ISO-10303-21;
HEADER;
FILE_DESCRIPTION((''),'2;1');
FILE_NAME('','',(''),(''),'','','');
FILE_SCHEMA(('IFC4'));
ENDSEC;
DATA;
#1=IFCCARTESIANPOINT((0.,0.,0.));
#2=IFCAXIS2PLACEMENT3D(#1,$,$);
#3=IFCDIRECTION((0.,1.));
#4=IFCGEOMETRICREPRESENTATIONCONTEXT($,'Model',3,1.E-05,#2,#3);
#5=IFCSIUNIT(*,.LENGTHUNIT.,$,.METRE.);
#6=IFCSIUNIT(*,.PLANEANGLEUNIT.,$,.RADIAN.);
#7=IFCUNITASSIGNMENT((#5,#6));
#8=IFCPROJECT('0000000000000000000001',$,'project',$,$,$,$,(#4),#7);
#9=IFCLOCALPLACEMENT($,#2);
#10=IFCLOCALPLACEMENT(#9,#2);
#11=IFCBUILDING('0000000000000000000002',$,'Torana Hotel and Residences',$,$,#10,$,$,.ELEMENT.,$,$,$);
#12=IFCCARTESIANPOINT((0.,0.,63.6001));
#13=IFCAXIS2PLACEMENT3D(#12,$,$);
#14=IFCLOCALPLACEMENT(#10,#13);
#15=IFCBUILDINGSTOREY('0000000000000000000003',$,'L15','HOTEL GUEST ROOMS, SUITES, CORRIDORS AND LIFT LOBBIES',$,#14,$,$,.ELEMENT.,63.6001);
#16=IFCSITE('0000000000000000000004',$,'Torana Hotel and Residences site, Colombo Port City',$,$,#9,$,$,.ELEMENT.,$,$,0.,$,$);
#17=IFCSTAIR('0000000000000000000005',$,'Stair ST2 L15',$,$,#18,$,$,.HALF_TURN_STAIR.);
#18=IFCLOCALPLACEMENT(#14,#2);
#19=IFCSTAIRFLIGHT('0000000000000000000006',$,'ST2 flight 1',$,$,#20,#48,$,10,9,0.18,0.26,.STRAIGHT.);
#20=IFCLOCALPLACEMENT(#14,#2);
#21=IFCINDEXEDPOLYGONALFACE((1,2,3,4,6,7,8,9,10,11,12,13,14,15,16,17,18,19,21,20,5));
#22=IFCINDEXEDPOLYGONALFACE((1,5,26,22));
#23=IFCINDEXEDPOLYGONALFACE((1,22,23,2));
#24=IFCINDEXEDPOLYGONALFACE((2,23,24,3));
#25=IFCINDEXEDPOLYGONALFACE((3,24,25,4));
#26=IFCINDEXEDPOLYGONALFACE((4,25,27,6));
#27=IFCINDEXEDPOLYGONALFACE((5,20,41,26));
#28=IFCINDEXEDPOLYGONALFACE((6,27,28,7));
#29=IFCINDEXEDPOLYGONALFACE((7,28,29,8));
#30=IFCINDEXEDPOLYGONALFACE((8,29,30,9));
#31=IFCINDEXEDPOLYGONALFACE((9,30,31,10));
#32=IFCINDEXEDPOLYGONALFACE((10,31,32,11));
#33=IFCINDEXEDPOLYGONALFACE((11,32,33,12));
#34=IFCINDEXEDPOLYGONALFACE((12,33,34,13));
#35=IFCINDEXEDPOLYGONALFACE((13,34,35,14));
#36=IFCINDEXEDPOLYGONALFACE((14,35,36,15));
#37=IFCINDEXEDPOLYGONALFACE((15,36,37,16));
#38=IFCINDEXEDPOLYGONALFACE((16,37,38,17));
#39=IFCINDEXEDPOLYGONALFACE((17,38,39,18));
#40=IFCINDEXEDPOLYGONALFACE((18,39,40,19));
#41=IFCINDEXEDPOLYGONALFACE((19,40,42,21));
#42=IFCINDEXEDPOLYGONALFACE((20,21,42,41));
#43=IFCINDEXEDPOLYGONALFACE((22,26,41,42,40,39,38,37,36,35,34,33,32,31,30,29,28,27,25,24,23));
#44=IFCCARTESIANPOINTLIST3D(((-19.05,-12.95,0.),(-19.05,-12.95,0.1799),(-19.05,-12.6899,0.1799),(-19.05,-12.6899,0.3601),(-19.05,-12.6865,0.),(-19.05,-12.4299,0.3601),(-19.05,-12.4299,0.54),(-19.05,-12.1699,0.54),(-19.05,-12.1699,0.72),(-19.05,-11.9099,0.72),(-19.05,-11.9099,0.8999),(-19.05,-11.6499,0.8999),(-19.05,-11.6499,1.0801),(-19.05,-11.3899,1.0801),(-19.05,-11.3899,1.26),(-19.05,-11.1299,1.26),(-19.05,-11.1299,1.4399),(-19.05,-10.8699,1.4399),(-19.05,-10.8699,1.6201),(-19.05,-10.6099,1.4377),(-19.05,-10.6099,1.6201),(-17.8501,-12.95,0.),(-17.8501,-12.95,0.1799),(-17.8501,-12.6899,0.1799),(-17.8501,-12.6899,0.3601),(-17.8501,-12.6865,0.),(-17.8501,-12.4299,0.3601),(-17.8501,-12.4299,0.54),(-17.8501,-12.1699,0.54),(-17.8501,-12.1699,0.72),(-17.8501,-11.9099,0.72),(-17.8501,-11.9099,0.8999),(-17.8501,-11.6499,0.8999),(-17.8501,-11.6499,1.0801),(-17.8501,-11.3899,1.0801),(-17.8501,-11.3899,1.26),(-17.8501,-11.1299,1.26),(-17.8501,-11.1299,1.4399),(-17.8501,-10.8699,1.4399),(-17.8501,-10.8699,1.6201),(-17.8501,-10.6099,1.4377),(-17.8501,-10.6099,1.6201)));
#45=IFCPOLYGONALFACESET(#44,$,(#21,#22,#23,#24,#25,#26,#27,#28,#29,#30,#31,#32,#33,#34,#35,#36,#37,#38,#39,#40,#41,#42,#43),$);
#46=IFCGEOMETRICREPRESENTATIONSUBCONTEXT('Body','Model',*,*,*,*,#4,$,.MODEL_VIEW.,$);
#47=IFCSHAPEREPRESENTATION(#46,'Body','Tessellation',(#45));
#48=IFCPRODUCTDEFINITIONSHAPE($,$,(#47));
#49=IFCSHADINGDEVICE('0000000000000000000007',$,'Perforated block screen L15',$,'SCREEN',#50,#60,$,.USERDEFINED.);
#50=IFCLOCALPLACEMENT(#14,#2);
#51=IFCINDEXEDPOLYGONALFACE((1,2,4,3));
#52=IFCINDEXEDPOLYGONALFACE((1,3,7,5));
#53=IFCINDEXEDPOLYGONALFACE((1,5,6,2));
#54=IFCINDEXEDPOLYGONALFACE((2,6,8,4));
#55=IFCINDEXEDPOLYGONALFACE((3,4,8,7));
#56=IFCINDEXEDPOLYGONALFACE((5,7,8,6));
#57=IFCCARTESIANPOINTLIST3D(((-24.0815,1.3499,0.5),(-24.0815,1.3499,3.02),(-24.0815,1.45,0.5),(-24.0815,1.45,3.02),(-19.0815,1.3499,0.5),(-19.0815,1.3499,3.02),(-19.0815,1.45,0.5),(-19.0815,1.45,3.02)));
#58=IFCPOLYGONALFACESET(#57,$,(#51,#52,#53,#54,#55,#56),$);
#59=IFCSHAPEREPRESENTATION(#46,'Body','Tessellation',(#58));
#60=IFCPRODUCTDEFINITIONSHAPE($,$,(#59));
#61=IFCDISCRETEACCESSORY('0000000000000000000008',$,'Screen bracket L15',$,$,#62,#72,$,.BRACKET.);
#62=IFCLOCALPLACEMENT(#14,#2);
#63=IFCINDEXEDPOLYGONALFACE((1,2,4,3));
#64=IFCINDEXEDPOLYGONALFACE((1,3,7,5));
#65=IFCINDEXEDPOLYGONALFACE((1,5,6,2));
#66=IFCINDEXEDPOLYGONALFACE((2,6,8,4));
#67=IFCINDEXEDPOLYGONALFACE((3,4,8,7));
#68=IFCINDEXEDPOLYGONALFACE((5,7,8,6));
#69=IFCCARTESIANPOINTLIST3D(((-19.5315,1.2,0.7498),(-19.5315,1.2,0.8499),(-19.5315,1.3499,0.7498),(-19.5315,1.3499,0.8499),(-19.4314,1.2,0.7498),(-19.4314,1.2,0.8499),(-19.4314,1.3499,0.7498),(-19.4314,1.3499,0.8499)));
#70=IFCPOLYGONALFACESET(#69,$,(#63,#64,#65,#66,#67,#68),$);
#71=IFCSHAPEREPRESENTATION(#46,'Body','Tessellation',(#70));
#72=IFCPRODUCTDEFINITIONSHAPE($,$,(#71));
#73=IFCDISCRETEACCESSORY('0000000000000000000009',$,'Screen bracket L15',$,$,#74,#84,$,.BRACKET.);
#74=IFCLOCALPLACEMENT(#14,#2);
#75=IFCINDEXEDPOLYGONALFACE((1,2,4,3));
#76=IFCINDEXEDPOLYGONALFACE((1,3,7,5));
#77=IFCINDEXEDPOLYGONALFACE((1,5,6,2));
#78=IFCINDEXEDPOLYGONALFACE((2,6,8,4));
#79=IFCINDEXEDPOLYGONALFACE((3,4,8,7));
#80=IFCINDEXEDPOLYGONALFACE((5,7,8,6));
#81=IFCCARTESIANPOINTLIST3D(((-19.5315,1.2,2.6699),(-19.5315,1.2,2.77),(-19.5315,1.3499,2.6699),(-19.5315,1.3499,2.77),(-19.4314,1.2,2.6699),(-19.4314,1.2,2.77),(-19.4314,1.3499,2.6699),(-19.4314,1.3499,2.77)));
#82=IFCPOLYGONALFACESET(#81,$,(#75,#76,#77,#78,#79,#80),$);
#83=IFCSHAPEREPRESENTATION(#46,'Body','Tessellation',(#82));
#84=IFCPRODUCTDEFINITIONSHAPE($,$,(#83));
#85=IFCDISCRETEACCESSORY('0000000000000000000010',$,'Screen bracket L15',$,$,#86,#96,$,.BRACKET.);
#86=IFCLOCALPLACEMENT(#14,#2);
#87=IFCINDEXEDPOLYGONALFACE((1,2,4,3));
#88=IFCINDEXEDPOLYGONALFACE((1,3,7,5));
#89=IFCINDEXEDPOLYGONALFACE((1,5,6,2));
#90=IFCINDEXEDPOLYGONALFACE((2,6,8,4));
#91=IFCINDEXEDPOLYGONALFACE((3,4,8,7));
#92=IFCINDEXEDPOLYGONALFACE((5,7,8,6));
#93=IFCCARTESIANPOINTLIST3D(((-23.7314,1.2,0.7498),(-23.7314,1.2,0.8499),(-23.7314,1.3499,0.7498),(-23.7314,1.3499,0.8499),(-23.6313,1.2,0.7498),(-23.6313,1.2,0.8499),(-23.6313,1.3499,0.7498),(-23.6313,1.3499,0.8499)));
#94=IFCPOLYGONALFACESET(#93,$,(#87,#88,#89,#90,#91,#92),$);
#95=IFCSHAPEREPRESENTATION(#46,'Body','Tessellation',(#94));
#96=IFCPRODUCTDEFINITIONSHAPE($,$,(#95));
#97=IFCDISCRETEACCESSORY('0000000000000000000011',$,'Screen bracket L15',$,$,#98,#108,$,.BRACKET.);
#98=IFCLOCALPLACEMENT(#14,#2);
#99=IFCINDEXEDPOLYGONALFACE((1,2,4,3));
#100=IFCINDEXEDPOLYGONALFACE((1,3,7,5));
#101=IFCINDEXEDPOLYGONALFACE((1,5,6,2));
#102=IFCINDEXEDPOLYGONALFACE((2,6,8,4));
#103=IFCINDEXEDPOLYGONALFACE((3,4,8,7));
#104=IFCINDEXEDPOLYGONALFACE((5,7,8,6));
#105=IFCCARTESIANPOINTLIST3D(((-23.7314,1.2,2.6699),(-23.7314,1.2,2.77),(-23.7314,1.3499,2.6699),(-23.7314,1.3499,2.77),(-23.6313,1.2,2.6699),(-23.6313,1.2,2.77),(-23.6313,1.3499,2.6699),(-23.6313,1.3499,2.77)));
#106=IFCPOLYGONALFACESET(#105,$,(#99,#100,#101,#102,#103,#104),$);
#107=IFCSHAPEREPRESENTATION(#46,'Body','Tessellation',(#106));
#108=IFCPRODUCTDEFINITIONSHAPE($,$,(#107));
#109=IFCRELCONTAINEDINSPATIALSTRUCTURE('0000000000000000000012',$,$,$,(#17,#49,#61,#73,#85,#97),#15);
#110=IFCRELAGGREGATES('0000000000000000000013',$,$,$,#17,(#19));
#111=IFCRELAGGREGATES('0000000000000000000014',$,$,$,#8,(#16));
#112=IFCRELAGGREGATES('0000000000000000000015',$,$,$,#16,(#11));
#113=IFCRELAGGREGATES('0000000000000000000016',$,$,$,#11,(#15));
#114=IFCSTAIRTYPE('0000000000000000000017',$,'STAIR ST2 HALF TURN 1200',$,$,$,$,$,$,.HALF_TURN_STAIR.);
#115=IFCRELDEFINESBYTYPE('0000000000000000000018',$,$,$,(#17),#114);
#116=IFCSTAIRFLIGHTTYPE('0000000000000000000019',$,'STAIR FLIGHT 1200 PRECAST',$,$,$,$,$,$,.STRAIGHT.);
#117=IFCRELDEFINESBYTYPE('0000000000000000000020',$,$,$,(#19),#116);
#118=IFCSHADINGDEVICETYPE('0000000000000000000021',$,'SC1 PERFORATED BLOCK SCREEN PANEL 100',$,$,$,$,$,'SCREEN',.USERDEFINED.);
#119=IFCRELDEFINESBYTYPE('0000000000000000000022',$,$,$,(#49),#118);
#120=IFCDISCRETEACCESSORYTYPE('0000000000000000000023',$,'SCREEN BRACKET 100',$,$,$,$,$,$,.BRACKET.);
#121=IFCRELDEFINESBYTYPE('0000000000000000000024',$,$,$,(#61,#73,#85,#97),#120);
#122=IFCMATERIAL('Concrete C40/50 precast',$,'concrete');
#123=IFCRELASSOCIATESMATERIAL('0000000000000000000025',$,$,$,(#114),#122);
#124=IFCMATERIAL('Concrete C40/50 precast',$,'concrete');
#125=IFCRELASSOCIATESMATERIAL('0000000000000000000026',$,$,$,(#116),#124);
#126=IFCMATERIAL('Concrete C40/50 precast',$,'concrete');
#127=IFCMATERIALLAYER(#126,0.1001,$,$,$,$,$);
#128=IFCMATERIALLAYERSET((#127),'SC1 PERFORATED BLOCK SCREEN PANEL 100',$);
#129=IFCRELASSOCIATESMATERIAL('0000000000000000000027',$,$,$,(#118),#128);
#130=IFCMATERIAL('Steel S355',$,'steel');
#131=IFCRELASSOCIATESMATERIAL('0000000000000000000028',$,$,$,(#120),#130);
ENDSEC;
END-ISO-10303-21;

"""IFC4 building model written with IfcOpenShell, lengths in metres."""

from ifc_helpers import new_model, si_unit, direction, frame, origin, origin_2d, place, context, subcontext, project, spatial, polyline, rectangle, outline, extrude, material, layer, layer_set, type_object, element, aggregate, save


model = new_model("IFC4")

# Units and contexts
model_context = context("Model", 3, precision=1e-05, world=origin(), true_north=direction((0.0, 1.0)))
body_context = subcontext(model_context, "Body", "Model", "MODEL_VIEW")
ifc_project = project(units=[si_unit("LENGTHUNIT", "METRE"), si_unit("PLANEANGLEUNIT", "RADIAN")], contexts=[model_context])

# Site, building, storey
site_placement = place(None, origin())
site = spatial("IfcSite", under=ifc_project, at=site_placement, Name="Torana Hotel and Residences site, Colombo Port City", CompositionType="ELEMENT", RefElevation=0.0)
building_placement = place(site_placement, origin())
building = spatial("IfcBuilding", under=site, at=building_placement, Name="Torana Hotel and Residences", CompositionType="ELEMENT")
storey_placement = place(building_placement, frame((0.0, 0.0, 63.6001)))
storey = spatial("IfcBuildingStorey", under=building, at=storey_placement, Name="L15", Description="HOTEL GUEST ROOMS, SUITES, CORRIDORS AND LIFT LOBBIES", CompositionType="ELEMENT", Elevation=63.6001)

# Stair, stair flight
ifc_material_1 = material(Name="Concrete C40/50 precast", Category="concrete")
stair_type = type_object("IfcStairType", Name="STAIR ST2 HALF TURN 1200", PredefinedType="HALF_TURN_STAIR", material=ifc_material_1)
stair_placement = place(storey_placement, origin())
stair = element("IfcStair", 1, at=stair_placement, inside=storey, type_object=stair_type, Name="Stair ST2 L15", PredefinedType="HALF_TURN_STAIR")
ifc_material_2 = material(Name="Concrete C40/50 precast", Category="concrete")
stair_flight_type = type_object("IfcStairFlightType", Name="STAIR FLIGHT 1200 PRECAST", PredefinedType="STRAIGHT", material=ifc_material_2)
stair_flight_placement = place(storey_placement, frame((-18.45, -12.95, 0.0), z_axis=(0.0, 0.0, 1.0), x_axis=(0.0, 1.0, 0.0)))
stair_flight = element("IfcStairFlight", 2, at=stair_flight_placement, type_object=stair_flight_type, Name="ST2 flight 1", NumberOfRisers=10, NumberOfTreads=9, PredefinedType="STRAIGHT", RiserHeight=0.18, TreadLength=0.26, context=body_context, shape_type="SweptSolid", body=[
    extrude(outline(polyline([(0.0, 0.0), (0.0, 0.1799), (0.26, 0.1799), (0.26, 0.3601), (0.52, 0.3601), (0.52, 0.54), (0.78, 0.54), (0.78, 0.72), (1.04, 0.72), (1.04, 0.8999), (1.3, 0.8999), (1.3, 1.0801), (1.5601, 1.0801), (1.5601, 1.26), (1.8201, 1.26), (1.8201, 1.4399), (2.0801, 1.4399), (2.0801, 1.6201), (2.3401, 1.6201), (2.3401, 1.8), (2.3401, 1.4377), (0.2634, 0.0), (0.0, 0.0)])), frame((0.0, 0.6001, 0.0), z_axis=(0.0, -1.0, 0.0), x_axis=(1.0, 0.0, 0.0)), (0.0, 0.0, 1.0), 1.2),
])
aggregate(stair, [stair_flight])

# Shading device
ifc_material_3 = material(Name="Concrete C40/50 precast", Category="concrete")
ifc_layer_1 = layer(ifc_material_3, 0.1001)
ifc_layer_set_1 = layer_set([ifc_layer_1], Name="SC1 PERFORATED BLOCK SCREEN PANEL 100")
shading_device_type = type_object("IfcShadingDeviceType", Name="SC1 PERFORATED BLOCK SCREEN PANEL 100", ElementType="SCREEN", PredefinedType="USERDEFINED", material=ifc_layer_set_1)
shading_device_placement = place(storey_placement, frame((-21.5815, 1.3999, 0.5), z_axis=(0.0, 0.0, 1.0), x_axis=(-1.0, 0.0, 0.0)))
element("IfcShadingDevice", 3, at=shading_device_placement, inside=storey, type_object=shading_device_type, Name="Perforated block screen L15", ObjectType="SCREEN", PredefinedType="USERDEFINED", context=body_context, shape_type="SweptSolid", body=[
    extrude(rectangle(XDim=5.0, YDim=0.1001, at=origin_2d()), origin(), (0.0, 0.0, 1.0), 2.52),
])

# Discrete accessories
ifc_material_4 = material(Name="Steel S355", Category="steel")
discrete_accessory_type = type_object("IfcDiscreteAccessoryType", Name="SCREEN BRACKET 100", PredefinedType="BRACKET", material=ifc_material_4)
for number, where, z_axis, x_axis, name in (
    (4, (-19.4814, 1.2749, 0.7498), (0.0, 0.0, 1.0), (-1.0, 0.0, 0.0), "Screen bracket L15"),
    (5, (-19.4814, 1.2749, 2.6699), (0.0, 0.0, 1.0), (-1.0, 0.0, 0.0), "Screen bracket L15"),
    (6, (-23.6814, 1.2749, 0.7498), (0.0, 0.0, 1.0), (-1.0, 0.0, 0.0), "Screen bracket L15"),
    (7, (-23.6814, 1.2749, 2.6699), (0.0, 0.0, 1.0), (-1.0, 0.0, 0.0), "Screen bracket L15"),
):
    element("IfcDiscreteAccessory", number, at=place(storey_placement, frame(where, z_axis=z_axis, x_axis=x_axis)), inside=storey, type_object=discrete_accessory_type, Name=name, PredefinedType="BRACKET", context=body_context, shape_type="SweptSolid", body=[
        extrude(rectangle(XDim=0.1001, YDim=0.1499, at=origin_2d()), origin(), (0.0, 0.0, 1.0), 0.1001),
    ])

save(model, "model.ifc")
